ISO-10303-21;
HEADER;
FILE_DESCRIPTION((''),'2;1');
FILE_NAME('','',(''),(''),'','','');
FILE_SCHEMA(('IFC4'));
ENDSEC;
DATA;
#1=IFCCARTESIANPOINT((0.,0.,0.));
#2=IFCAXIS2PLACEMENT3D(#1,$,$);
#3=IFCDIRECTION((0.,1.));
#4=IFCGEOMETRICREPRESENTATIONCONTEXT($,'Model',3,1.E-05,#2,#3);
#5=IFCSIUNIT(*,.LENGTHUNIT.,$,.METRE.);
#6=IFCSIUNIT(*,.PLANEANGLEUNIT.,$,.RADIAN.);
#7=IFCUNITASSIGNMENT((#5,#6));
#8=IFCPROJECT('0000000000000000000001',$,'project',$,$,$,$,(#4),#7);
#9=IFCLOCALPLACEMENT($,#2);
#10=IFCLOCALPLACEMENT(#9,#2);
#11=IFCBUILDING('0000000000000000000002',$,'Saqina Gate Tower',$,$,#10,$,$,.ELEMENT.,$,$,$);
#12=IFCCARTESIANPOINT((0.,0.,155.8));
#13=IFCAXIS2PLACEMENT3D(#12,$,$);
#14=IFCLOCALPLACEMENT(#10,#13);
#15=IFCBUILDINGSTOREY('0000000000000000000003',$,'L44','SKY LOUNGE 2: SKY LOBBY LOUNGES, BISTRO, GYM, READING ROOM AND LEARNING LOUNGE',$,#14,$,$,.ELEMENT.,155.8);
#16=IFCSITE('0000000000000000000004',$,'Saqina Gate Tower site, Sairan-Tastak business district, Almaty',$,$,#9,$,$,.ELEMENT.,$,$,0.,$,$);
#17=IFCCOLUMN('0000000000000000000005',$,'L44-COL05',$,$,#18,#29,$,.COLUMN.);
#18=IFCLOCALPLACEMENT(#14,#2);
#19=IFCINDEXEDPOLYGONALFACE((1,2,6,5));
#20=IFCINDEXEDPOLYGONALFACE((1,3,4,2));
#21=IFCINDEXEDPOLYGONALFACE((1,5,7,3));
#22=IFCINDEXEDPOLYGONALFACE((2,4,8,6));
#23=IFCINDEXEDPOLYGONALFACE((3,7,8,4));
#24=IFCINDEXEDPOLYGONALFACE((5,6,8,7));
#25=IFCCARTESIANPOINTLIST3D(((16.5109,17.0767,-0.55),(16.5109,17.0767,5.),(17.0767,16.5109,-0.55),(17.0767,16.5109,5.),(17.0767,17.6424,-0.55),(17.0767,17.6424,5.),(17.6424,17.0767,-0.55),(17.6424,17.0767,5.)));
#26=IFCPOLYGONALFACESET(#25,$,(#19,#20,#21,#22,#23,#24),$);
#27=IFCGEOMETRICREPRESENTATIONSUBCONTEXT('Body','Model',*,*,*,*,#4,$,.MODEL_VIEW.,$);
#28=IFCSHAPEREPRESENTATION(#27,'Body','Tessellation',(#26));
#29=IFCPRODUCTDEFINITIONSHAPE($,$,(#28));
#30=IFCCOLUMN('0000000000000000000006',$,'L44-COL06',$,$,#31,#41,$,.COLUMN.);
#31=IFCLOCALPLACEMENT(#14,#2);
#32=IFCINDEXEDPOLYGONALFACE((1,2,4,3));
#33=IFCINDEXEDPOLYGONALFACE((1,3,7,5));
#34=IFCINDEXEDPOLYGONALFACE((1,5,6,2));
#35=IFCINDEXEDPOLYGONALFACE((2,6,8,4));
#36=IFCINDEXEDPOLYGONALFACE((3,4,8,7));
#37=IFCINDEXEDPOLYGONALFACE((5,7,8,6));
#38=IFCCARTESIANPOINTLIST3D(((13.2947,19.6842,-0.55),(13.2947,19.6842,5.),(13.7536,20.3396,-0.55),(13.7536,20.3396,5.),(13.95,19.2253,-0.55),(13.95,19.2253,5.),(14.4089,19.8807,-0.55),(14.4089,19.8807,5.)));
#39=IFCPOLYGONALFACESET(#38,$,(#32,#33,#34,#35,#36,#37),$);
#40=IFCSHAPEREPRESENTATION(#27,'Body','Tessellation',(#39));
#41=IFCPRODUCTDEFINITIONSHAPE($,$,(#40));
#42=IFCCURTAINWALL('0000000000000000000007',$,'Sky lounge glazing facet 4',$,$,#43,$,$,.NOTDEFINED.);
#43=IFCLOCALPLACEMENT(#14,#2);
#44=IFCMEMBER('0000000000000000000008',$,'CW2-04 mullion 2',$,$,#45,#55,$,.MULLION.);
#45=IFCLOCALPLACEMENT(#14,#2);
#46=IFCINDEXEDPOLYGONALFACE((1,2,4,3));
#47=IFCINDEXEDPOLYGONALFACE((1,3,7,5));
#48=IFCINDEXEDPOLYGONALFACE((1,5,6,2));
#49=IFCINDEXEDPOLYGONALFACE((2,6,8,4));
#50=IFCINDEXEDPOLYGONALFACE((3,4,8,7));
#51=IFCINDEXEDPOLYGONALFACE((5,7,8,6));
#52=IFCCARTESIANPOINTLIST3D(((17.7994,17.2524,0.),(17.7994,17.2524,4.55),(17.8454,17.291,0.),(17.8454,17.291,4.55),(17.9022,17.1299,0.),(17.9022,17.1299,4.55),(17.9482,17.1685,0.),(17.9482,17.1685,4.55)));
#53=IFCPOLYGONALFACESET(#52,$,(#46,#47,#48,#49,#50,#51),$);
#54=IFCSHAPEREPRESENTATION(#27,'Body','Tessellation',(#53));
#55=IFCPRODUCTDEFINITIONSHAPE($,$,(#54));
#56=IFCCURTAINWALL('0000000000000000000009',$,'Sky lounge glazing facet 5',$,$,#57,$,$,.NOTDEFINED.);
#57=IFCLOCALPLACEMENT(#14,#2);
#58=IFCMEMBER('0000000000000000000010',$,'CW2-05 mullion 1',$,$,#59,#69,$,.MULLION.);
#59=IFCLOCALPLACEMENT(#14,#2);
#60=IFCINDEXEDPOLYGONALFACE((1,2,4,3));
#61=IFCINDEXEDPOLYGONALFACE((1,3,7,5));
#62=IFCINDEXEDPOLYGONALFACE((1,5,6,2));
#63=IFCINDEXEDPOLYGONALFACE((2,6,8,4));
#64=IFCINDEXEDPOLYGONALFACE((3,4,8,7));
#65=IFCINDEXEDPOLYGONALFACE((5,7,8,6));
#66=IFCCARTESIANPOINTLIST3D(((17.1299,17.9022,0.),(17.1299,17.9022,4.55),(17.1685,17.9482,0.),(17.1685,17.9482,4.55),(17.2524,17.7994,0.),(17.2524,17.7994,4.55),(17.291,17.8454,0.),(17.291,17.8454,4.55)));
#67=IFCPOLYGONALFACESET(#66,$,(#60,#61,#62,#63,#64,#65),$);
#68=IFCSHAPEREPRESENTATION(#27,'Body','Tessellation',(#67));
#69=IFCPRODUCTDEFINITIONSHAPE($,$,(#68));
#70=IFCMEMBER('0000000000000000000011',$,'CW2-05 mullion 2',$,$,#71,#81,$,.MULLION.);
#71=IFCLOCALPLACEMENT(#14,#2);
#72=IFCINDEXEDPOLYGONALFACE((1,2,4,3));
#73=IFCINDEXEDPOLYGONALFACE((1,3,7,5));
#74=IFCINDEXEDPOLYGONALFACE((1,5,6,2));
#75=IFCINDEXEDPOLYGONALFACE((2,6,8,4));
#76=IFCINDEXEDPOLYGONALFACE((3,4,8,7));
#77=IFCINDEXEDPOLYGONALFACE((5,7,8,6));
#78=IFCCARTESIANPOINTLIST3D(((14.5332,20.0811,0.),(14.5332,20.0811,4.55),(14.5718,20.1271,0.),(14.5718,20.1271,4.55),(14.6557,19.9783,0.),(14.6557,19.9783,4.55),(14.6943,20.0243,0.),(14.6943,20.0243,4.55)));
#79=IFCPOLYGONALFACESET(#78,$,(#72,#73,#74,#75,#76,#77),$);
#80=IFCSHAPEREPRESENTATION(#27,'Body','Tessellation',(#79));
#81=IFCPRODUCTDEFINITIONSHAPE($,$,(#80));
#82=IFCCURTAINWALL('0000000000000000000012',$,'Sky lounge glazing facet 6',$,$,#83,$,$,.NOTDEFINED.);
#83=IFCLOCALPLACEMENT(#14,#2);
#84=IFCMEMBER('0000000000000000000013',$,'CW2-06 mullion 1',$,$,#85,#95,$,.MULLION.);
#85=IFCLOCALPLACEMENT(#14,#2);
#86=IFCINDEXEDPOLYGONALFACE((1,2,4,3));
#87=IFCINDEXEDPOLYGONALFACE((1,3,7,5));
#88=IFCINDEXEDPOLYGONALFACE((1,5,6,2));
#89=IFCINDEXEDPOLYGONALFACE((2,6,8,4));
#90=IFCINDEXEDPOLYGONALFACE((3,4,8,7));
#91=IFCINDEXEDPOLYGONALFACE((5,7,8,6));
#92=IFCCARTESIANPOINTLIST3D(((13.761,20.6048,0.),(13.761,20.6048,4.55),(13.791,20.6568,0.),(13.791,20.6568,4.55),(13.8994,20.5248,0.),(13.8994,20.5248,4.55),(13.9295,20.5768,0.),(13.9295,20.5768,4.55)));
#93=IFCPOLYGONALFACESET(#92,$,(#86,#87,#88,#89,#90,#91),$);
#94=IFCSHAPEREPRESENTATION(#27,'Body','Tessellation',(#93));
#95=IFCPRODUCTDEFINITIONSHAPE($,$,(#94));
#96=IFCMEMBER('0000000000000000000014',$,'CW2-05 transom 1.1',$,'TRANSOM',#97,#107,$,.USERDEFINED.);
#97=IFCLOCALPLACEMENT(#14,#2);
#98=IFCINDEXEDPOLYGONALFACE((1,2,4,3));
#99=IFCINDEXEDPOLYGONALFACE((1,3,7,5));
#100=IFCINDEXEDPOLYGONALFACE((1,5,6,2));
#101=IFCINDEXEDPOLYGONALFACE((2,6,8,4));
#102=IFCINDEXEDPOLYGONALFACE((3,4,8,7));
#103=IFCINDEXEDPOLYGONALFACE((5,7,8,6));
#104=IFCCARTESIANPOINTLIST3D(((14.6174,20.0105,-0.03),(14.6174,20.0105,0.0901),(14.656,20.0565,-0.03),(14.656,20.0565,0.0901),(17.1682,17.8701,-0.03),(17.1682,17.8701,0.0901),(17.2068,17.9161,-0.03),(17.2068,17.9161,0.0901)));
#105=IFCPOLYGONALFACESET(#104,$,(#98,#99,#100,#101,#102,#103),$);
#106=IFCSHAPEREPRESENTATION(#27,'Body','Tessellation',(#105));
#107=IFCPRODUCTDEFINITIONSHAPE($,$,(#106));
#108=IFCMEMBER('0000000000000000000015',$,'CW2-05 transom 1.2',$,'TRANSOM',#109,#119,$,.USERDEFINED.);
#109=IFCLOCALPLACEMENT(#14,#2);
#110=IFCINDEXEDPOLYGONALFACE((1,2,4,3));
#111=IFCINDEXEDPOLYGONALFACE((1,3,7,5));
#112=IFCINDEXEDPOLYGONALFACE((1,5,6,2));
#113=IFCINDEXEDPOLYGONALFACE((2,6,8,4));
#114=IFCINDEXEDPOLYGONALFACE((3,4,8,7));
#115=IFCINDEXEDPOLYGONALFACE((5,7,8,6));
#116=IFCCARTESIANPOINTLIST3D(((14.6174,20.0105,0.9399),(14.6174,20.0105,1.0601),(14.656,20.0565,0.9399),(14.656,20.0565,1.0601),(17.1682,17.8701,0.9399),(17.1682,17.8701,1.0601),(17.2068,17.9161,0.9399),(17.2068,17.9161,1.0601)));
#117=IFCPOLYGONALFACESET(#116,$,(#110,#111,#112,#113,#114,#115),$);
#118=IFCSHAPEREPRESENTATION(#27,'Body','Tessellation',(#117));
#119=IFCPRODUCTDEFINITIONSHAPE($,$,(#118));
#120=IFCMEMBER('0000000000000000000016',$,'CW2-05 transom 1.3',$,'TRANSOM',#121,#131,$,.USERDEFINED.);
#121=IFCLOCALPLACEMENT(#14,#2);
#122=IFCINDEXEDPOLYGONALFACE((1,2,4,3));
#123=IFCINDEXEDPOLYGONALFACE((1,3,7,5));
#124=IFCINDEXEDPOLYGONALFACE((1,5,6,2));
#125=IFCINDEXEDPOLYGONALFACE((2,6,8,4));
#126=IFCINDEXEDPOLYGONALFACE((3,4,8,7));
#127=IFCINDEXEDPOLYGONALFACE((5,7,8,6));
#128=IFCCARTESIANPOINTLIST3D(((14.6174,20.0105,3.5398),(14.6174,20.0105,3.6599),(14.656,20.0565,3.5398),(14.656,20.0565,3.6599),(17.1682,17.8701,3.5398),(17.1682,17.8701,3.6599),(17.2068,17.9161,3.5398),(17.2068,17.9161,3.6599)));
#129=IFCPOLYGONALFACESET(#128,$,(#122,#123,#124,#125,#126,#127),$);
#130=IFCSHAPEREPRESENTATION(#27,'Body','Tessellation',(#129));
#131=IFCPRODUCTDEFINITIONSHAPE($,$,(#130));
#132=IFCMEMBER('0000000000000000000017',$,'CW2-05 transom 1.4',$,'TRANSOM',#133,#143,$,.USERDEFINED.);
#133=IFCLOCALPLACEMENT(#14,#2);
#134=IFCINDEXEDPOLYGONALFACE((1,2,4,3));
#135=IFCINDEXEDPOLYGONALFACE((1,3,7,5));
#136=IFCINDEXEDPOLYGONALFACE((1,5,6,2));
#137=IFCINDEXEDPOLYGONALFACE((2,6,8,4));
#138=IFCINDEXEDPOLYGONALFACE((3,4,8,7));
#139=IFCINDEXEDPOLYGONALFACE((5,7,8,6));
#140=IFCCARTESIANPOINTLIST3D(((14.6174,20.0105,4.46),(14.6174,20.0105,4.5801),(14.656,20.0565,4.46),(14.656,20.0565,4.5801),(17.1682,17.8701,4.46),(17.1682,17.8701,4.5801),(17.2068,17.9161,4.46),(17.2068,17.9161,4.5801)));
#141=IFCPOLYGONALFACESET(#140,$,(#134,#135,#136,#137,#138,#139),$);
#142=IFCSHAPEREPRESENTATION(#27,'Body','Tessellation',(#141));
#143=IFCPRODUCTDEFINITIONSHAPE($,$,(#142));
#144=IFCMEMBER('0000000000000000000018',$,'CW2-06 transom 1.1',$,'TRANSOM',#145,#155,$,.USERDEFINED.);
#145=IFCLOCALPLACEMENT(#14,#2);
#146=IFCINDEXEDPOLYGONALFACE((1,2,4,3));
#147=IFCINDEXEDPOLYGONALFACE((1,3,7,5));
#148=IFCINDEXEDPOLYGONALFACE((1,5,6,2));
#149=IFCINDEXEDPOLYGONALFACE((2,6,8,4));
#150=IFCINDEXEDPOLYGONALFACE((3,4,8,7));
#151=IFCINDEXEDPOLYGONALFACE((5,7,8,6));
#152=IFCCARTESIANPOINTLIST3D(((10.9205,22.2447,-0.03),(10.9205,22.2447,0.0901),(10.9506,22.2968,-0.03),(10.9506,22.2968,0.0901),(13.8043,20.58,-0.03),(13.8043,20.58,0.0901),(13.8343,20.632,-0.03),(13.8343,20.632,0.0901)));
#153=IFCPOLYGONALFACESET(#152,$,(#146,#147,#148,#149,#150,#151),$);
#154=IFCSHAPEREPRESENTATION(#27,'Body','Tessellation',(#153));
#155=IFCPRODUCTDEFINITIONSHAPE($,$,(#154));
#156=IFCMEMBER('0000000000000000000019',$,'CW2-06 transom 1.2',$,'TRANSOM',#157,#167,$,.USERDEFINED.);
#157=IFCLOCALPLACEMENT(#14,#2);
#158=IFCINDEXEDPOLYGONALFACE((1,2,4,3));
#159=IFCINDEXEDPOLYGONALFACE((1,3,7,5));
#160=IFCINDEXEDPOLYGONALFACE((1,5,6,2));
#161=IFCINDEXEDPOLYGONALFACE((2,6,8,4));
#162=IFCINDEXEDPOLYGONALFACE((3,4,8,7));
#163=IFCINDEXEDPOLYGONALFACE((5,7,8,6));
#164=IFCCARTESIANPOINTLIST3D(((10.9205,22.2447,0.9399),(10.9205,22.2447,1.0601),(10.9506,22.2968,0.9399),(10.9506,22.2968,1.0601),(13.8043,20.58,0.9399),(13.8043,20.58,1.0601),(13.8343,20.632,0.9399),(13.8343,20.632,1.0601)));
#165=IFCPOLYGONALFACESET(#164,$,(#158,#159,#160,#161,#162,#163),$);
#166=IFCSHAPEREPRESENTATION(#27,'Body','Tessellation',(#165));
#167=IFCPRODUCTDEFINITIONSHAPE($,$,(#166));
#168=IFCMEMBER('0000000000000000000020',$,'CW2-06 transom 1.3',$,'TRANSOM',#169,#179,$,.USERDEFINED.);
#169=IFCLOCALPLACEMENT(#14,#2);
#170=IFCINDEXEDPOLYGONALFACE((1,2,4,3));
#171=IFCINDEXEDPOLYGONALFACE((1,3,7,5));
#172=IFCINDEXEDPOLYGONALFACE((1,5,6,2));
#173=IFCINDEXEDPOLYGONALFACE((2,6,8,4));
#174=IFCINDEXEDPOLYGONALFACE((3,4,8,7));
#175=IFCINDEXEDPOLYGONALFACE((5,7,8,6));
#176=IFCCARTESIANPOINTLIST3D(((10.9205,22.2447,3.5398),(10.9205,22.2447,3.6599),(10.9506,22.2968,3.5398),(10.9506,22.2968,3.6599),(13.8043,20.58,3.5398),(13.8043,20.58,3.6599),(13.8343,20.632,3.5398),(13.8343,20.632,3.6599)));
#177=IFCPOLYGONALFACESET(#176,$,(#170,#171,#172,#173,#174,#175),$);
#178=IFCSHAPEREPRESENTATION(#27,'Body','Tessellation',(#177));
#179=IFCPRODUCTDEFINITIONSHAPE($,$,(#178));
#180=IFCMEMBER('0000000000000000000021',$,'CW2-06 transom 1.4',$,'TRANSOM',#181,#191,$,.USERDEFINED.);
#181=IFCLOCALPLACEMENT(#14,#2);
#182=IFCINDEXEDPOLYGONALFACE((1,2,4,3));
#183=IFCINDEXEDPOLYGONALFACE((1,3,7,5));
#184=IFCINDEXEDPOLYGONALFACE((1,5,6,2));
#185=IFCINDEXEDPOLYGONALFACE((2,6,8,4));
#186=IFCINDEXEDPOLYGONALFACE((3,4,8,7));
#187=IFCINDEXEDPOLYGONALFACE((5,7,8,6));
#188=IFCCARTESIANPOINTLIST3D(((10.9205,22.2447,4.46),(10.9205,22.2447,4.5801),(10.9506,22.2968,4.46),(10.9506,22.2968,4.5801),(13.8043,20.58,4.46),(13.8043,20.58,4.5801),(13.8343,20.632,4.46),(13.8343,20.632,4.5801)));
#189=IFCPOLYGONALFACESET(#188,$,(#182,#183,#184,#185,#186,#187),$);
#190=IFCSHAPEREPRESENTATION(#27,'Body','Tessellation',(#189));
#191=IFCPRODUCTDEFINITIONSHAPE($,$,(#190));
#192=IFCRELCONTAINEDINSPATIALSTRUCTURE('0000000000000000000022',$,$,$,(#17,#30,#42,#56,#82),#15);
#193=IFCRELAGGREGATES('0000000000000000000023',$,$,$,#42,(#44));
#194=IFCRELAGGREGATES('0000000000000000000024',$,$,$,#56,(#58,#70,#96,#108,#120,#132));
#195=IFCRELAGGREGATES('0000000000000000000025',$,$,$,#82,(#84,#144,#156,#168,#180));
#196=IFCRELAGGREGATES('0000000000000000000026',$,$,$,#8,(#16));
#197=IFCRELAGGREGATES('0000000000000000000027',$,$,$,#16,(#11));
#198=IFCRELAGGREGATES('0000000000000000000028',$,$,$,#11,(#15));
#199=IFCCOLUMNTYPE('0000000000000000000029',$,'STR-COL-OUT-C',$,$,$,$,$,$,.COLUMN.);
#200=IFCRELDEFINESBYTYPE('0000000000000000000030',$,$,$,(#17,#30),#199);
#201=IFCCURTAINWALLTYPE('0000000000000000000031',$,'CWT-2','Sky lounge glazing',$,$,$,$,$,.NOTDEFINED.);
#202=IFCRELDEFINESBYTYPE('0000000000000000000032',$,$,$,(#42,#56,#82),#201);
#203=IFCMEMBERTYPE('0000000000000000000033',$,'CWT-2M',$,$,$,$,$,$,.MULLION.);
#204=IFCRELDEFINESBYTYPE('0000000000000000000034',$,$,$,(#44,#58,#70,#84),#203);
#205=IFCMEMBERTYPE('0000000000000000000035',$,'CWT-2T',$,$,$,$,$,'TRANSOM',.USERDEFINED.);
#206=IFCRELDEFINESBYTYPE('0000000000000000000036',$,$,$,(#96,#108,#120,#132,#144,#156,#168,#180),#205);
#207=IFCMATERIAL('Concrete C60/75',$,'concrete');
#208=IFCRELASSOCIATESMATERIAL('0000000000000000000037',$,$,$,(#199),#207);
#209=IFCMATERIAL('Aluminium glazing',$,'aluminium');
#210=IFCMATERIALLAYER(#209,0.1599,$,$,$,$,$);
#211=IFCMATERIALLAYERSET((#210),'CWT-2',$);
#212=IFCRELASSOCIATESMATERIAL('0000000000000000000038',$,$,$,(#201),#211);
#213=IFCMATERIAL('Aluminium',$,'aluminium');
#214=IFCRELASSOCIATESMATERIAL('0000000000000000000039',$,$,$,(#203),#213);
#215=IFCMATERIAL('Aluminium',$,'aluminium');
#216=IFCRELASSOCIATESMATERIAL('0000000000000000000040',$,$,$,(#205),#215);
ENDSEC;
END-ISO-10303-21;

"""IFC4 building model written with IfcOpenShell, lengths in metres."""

from ifc_helpers import new_model, si_unit, direction, frame, origin, origin_2d, place, context, subcontext, project, spatial, rectangle, extrude, material, layer, layer_set, material_profile, profile_set, type_object, element, aggregate, save


model = new_model("IFC4")

# Units and contexts
model_context = context("Model", 3, precision=1e-05, world=origin(), true_north=direction((0.0, 1.0)))
body_context = subcontext(model_context, "Body", "Model", "MODEL_VIEW")
ifc_project = project(units=[si_unit("LENGTHUNIT", "METRE"), si_unit("PLANEANGLEUNIT", "RADIAN")], contexts=[model_context])

# Site, building, storey
site_placement = place(None, origin())
site = spatial("IfcSite", under=ifc_project, at=site_placement, Name="Saqina Gate Tower site, Sairan-Tastak business district, Almaty", CompositionType="ELEMENT", RefElevation=0.0)
building_placement = place(site_placement, origin())
building = spatial("IfcBuilding", under=site, at=building_placement, Name="Saqina Gate Tower", CompositionType="ELEMENT")
storey_placement = place(building_placement, frame((0.0, 0.0, 155.8)))
storey = spatial("IfcBuildingStorey", under=building, at=storey_placement, Name="L44", Description="SKY LOUNGE 2: SKY LOBBY LOUNGES, BISTRO, GYM, READING ROOM AND LEARNING LOUNGE", CompositionType="ELEMENT", Elevation=155.8)

# Columns
ifc_material_1 = material(Name="Concrete C60/75", Category="concrete")
ifc_material_profile_1 = material_profile(ifc_material_1, rectangle(XDim=0.8, YDim=0.8, at=origin_2d()), Name="RC 800x800")
ifc_profile_set_1 = profile_set([ifc_material_profile_1], Name="Concrete C60/75")
column_type = type_object("IfcColumnType", Name="STR-COL-OUT-C", PredefinedType="COLUMN", material=ifc_profile_set_1)
for number, where, z_axis, x_axis, name in (
    (1, (17.0767, 17.0767, -0.55), (0.0, 0.0, 1.0), (0.707107, 0.707107, 0.0), "L44-COL05"),
    (2, (13.8518, 19.7825, -0.55), (0.0, 0.0, 1.0), (0.573576, 0.819152, 0.0), "L44-COL06"),
):
    element("IfcColumn", number, at=place(storey_placement, frame(where, z_axis=z_axis, x_axis=x_axis)), inside=storey, type_object=column_type, Name=name, PredefinedType="COLUMN", context=body_context, shape_type="SweptSolid", body=[
        extrude(rectangle(XDim=0.8, YDim=0.8, at=origin_2d()), origin(), (0.0, 0.0, 1.0), 5.55),
    ])

# Curtain wall, member
ifc_material_2 = material(Name="Aluminium glazing", Category="aluminium")
ifc_layer_1 = layer(ifc_material_2, 0.1599)
ifc_layer_set_1 = layer_set([ifc_layer_1], Name="CWT-2")
curtain_wall_type = type_object("IfcCurtainWallType", Name="CWT-2", Description="Sky lounge glazing", PredefinedType="NOTDEFINED", material=ifc_layer_set_1)
curtain_wall_1_placement = place(storey_placement, origin())
curtain_wall_1 = element("IfcCurtainWall", 3, at=curtain_wall_1_placement, inside=storey, type_object=curtain_wall_type, Name="Sky lounge glazing facet 4", PredefinedType="NOTDEFINED")
ifc_material_3 = material(Name="Aluminium", Category="aluminium")
ifc_material_profile_2 = material_profile(ifc_material_3, rectangle(XDim=0.0601, YDim=0.1599, at=origin_2d()), Name="Aluminium 60x160")
ifc_profile_set_2 = profile_set([ifc_material_profile_2], Name="Aluminium")
member_type_1 = type_object("IfcMemberType", Name="CWT-2M", PredefinedType="MULLION", material=ifc_profile_set_2)
member_1_placement = place(storey_placement, frame((17.8738, 17.2104, 0.0), z_axis=(0.0, 0.0, 1.0), x_axis=(-0.766043, -0.64279, 0.0)))
member_1 = element("IfcMember", 4, at=member_1_placement, type_object=member_type_1, Name="CW2-04 mullion 2", PredefinedType="MULLION", context=body_context, shape_type="SweptSolid", body=[
    extrude(rectangle(XDim=0.0601, YDim=0.1599, at=origin_2d()), origin(), (0.0, 0.0, 1.0), 4.55),
])

# Curtain wall, members
curtain_wall_2_placement = place(storey_placement, origin())
curtain_wall_2 = element("IfcCurtainWall", 5, at=curtain_wall_2_placement, inside=storey, type_object=curtain_wall_type, Name="Sky lounge glazing facet 5", PredefinedType="NOTDEFINED")
member_2_placement = place(storey_placement, frame((17.2104, 17.8738, 0.0), z_axis=(0.0, 0.0, 1.0), x_axis=(-0.64279, -0.766043, 0.0)))
member_2 = element("IfcMember", 6, at=member_2_placement, type_object=member_type_1, Name="CW2-05 mullion 1", PredefinedType="MULLION", context=body_context, shape_type="SweptSolid", body=[
    extrude(rectangle(XDim=0.0601, YDim=0.1599, at=origin_2d()), origin(), (0.0, 0.0, 1.0), 4.55),
])
member_3_placement = place(storey_placement, frame((14.6138, 20.0527, 0.0), z_axis=(0.0, 0.0, 1.0), x_axis=(-0.64279, -0.766043, 0.0)))
member_3 = element("IfcMember", 7, at=member_3_placement, type_object=member_type_1, Name="CW2-05 mullion 2", PredefinedType="MULLION", context=body_context, shape_type="SweptSolid", body=[
    extrude(rectangle(XDim=0.0601, YDim=0.1599, at=origin_2d()), origin(), (0.0, 0.0, 1.0), 4.55),
])

# Curtain wall, member
curtain_wall_3_placement = place(storey_placement, origin())
curtain_wall_3 = element("IfcCurtainWall", 8, at=curtain_wall_3_placement, inside=storey, type_object=curtain_wall_type, Name="Sky lounge glazing facet 6", PredefinedType="NOTDEFINED")
member_4_placement = place(storey_placement, frame((13.8452, 20.5908, 0.0), z_axis=(0.0, 0.0, 1.0), x_axis=(-0.500014, -0.866017, 0.0)))
member_4 = element("IfcMember", 9, at=member_4_placement, type_object=member_type_1, Name="CW2-06 mullion 1", PredefinedType="MULLION", context=body_context, shape_type="SweptSolid", body=[
    extrude(rectangle(XDim=0.0601, YDim=0.1599, at=origin_2d()), origin(), (0.0, 0.0, 1.0), 4.55),
])

# Members
ifc_material_4 = material(Name="Aluminium", Category="aluminium")
ifc_material_profile_3 = material_profile(ifc_material_4, rectangle(XDim=0.0601, YDim=0.1201, at=origin_2d()), Name="Aluminium 60x120")
ifc_profile_set_3 = profile_set([ifc_material_profile_3], Name="Aluminium")
member_type_2 = type_object("IfcMemberType", Name="CWT-2T", ElementType="TRANSOM", PredefinedType="USERDEFINED", material=ifc_profile_set_3)
member_5_placement = place(storey_placement, frame((17.1875, 17.8931, 0.03), z_axis=(-0.766041, 0.642791, 0.0), x_axis=(-0.642791, -0.766041, 0.0)))
member_5 = element("IfcMember", 10, at=member_5_placement, type_object=member_type_2, Name="CW2-05 transom 1.1", ObjectType="TRANSOM", PredefinedType="USERDEFINED", context=body_context, shape_type="SweptSolid", body=[
    extrude(rectangle(XDim=0.0601, YDim=0.1201, at=origin_2d()), origin(), (0.0, 0.0, 1.0), 3.3298),
])
member_6_placement = place(storey_placement, frame((17.1875, 17.8931, 1.0), z_axis=(-0.766041, 0.642791, 0.0), x_axis=(-0.642791, -0.766041, 0.0)))
member_6 = element("IfcMember", 11, at=member_6_placement, type_object=member_type_2, Name="CW2-05 transom 1.2", ObjectType="TRANSOM", PredefinedType="USERDEFINED", context=body_context, shape_type="SweptSolid", body=[
    extrude(rectangle(XDim=0.0601, YDim=0.1201, at=origin_2d()), origin(), (0.0, 0.0, 1.0), 3.3298),
])
member_7_placement = place(storey_placement, frame((17.1875, 17.8931, 3.5999), z_axis=(-0.766041, 0.642791, 0.0), x_axis=(-0.642791, -0.766041, 0.0)))
member_7 = element("IfcMember", 12, at=member_7_placement, type_object=member_type_2, Name="CW2-05 transom 1.3", ObjectType="TRANSOM", PredefinedType="USERDEFINED", context=body_context, shape_type="SweptSolid", body=[
    extrude(rectangle(XDim=0.0601, YDim=0.1201, at=origin_2d()), origin(), (0.0, 0.0, 1.0), 3.3298),
])
member_8_placement = place(storey_placement, frame((17.1875, 17.8931, 4.52), z_axis=(-0.766041, 0.642791, 0.0), x_axis=(-0.642791, -0.766041, 0.0)))
member_8 = element("IfcMember", 13, at=member_8_placement, type_object=member_type_2, Name="CW2-05 transom 1.4", ObjectType="TRANSOM", PredefinedType="USERDEFINED", context=body_context, shape_type="SweptSolid", body=[
    extrude(rectangle(XDim=0.0601, YDim=0.1201, at=origin_2d()), origin(), (0.0, 0.0, 1.0), 3.3298),
])
member_9_placement = place(storey_placement, frame((13.8193, 20.606, 0.03), z_axis=(-0.866046, 0.499964, 0.0), x_axis=(-0.499964, -0.866046, 0.0)))
member_9 = element("IfcMember", 14, at=member_9_placement, type_object=member_type_2, Name="CW2-06 transom 1.1", ObjectType="TRANSOM", PredefinedType="USERDEFINED", context=body_context, shape_type="SweptSolid", body=[
    extrude(rectangle(XDim=0.0601, YDim=0.1201, at=origin_2d()), origin(), (0.0, 0.0, 1.0), 3.3298),
])
member_10_placement = place(storey_placement, frame((13.8193, 20.606, 1.0), z_axis=(-0.866046, 0.499964, 0.0), x_axis=(-0.499964, -0.866046, 0.0)))
member_10 = element("IfcMember", 15, at=member_10_placement, type_object=member_type_2, Name="CW2-06 transom 1.2", ObjectType="TRANSOM", PredefinedType="USERDEFINED", context=body_context, shape_type="SweptSolid", body=[
    extrude(rectangle(XDim=0.0601, YDim=0.1201, at=origin_2d()), origin(), (0.0, 0.0, 1.0), 3.3298),
])
member_11_placement = place(storey_placement, frame((13.8193, 20.606, 3.5999), z_axis=(-0.866046, 0.499964, 0.0), x_axis=(-0.499964, -0.866046, 0.0)))
member_11 = element("IfcMember", 16, at=member_11_placement, type_object=member_type_2, Name="CW2-06 transom 1.3", ObjectType="TRANSOM", PredefinedType="USERDEFINED", context=body_context, shape_type="SweptSolid", body=[
    extrude(rectangle(XDim=0.0601, YDim=0.1201, at=origin_2d()), origin(), (0.0, 0.0, 1.0), 3.3298),
])
member_12_placement = place(storey_placement, frame((13.8193, 20.606, 4.52), z_axis=(-0.866046, 0.499964, 0.0), x_axis=(-0.499964, -0.866046, 0.0)))
member_12 = element("IfcMember", 17, at=member_12_placement, type_object=member_type_2, Name="CW2-06 transom 1.4", ObjectType="TRANSOM", PredefinedType="USERDEFINED", context=body_context, shape_type="SweptSolid", body=[
    extrude(rectangle(XDim=0.0601, YDim=0.1201, at=origin_2d()), origin(), (0.0, 0.0, 1.0), 3.3298),
])

aggregate(curtain_wall_1, [member_1])
aggregate(curtain_wall_2, [member_2, member_3, member_5, member_6, member_7, member_8])
aggregate(curtain_wall_3, [member_4, member_9, member_10, member_11, member_12])

save(model, "model.ifc")
